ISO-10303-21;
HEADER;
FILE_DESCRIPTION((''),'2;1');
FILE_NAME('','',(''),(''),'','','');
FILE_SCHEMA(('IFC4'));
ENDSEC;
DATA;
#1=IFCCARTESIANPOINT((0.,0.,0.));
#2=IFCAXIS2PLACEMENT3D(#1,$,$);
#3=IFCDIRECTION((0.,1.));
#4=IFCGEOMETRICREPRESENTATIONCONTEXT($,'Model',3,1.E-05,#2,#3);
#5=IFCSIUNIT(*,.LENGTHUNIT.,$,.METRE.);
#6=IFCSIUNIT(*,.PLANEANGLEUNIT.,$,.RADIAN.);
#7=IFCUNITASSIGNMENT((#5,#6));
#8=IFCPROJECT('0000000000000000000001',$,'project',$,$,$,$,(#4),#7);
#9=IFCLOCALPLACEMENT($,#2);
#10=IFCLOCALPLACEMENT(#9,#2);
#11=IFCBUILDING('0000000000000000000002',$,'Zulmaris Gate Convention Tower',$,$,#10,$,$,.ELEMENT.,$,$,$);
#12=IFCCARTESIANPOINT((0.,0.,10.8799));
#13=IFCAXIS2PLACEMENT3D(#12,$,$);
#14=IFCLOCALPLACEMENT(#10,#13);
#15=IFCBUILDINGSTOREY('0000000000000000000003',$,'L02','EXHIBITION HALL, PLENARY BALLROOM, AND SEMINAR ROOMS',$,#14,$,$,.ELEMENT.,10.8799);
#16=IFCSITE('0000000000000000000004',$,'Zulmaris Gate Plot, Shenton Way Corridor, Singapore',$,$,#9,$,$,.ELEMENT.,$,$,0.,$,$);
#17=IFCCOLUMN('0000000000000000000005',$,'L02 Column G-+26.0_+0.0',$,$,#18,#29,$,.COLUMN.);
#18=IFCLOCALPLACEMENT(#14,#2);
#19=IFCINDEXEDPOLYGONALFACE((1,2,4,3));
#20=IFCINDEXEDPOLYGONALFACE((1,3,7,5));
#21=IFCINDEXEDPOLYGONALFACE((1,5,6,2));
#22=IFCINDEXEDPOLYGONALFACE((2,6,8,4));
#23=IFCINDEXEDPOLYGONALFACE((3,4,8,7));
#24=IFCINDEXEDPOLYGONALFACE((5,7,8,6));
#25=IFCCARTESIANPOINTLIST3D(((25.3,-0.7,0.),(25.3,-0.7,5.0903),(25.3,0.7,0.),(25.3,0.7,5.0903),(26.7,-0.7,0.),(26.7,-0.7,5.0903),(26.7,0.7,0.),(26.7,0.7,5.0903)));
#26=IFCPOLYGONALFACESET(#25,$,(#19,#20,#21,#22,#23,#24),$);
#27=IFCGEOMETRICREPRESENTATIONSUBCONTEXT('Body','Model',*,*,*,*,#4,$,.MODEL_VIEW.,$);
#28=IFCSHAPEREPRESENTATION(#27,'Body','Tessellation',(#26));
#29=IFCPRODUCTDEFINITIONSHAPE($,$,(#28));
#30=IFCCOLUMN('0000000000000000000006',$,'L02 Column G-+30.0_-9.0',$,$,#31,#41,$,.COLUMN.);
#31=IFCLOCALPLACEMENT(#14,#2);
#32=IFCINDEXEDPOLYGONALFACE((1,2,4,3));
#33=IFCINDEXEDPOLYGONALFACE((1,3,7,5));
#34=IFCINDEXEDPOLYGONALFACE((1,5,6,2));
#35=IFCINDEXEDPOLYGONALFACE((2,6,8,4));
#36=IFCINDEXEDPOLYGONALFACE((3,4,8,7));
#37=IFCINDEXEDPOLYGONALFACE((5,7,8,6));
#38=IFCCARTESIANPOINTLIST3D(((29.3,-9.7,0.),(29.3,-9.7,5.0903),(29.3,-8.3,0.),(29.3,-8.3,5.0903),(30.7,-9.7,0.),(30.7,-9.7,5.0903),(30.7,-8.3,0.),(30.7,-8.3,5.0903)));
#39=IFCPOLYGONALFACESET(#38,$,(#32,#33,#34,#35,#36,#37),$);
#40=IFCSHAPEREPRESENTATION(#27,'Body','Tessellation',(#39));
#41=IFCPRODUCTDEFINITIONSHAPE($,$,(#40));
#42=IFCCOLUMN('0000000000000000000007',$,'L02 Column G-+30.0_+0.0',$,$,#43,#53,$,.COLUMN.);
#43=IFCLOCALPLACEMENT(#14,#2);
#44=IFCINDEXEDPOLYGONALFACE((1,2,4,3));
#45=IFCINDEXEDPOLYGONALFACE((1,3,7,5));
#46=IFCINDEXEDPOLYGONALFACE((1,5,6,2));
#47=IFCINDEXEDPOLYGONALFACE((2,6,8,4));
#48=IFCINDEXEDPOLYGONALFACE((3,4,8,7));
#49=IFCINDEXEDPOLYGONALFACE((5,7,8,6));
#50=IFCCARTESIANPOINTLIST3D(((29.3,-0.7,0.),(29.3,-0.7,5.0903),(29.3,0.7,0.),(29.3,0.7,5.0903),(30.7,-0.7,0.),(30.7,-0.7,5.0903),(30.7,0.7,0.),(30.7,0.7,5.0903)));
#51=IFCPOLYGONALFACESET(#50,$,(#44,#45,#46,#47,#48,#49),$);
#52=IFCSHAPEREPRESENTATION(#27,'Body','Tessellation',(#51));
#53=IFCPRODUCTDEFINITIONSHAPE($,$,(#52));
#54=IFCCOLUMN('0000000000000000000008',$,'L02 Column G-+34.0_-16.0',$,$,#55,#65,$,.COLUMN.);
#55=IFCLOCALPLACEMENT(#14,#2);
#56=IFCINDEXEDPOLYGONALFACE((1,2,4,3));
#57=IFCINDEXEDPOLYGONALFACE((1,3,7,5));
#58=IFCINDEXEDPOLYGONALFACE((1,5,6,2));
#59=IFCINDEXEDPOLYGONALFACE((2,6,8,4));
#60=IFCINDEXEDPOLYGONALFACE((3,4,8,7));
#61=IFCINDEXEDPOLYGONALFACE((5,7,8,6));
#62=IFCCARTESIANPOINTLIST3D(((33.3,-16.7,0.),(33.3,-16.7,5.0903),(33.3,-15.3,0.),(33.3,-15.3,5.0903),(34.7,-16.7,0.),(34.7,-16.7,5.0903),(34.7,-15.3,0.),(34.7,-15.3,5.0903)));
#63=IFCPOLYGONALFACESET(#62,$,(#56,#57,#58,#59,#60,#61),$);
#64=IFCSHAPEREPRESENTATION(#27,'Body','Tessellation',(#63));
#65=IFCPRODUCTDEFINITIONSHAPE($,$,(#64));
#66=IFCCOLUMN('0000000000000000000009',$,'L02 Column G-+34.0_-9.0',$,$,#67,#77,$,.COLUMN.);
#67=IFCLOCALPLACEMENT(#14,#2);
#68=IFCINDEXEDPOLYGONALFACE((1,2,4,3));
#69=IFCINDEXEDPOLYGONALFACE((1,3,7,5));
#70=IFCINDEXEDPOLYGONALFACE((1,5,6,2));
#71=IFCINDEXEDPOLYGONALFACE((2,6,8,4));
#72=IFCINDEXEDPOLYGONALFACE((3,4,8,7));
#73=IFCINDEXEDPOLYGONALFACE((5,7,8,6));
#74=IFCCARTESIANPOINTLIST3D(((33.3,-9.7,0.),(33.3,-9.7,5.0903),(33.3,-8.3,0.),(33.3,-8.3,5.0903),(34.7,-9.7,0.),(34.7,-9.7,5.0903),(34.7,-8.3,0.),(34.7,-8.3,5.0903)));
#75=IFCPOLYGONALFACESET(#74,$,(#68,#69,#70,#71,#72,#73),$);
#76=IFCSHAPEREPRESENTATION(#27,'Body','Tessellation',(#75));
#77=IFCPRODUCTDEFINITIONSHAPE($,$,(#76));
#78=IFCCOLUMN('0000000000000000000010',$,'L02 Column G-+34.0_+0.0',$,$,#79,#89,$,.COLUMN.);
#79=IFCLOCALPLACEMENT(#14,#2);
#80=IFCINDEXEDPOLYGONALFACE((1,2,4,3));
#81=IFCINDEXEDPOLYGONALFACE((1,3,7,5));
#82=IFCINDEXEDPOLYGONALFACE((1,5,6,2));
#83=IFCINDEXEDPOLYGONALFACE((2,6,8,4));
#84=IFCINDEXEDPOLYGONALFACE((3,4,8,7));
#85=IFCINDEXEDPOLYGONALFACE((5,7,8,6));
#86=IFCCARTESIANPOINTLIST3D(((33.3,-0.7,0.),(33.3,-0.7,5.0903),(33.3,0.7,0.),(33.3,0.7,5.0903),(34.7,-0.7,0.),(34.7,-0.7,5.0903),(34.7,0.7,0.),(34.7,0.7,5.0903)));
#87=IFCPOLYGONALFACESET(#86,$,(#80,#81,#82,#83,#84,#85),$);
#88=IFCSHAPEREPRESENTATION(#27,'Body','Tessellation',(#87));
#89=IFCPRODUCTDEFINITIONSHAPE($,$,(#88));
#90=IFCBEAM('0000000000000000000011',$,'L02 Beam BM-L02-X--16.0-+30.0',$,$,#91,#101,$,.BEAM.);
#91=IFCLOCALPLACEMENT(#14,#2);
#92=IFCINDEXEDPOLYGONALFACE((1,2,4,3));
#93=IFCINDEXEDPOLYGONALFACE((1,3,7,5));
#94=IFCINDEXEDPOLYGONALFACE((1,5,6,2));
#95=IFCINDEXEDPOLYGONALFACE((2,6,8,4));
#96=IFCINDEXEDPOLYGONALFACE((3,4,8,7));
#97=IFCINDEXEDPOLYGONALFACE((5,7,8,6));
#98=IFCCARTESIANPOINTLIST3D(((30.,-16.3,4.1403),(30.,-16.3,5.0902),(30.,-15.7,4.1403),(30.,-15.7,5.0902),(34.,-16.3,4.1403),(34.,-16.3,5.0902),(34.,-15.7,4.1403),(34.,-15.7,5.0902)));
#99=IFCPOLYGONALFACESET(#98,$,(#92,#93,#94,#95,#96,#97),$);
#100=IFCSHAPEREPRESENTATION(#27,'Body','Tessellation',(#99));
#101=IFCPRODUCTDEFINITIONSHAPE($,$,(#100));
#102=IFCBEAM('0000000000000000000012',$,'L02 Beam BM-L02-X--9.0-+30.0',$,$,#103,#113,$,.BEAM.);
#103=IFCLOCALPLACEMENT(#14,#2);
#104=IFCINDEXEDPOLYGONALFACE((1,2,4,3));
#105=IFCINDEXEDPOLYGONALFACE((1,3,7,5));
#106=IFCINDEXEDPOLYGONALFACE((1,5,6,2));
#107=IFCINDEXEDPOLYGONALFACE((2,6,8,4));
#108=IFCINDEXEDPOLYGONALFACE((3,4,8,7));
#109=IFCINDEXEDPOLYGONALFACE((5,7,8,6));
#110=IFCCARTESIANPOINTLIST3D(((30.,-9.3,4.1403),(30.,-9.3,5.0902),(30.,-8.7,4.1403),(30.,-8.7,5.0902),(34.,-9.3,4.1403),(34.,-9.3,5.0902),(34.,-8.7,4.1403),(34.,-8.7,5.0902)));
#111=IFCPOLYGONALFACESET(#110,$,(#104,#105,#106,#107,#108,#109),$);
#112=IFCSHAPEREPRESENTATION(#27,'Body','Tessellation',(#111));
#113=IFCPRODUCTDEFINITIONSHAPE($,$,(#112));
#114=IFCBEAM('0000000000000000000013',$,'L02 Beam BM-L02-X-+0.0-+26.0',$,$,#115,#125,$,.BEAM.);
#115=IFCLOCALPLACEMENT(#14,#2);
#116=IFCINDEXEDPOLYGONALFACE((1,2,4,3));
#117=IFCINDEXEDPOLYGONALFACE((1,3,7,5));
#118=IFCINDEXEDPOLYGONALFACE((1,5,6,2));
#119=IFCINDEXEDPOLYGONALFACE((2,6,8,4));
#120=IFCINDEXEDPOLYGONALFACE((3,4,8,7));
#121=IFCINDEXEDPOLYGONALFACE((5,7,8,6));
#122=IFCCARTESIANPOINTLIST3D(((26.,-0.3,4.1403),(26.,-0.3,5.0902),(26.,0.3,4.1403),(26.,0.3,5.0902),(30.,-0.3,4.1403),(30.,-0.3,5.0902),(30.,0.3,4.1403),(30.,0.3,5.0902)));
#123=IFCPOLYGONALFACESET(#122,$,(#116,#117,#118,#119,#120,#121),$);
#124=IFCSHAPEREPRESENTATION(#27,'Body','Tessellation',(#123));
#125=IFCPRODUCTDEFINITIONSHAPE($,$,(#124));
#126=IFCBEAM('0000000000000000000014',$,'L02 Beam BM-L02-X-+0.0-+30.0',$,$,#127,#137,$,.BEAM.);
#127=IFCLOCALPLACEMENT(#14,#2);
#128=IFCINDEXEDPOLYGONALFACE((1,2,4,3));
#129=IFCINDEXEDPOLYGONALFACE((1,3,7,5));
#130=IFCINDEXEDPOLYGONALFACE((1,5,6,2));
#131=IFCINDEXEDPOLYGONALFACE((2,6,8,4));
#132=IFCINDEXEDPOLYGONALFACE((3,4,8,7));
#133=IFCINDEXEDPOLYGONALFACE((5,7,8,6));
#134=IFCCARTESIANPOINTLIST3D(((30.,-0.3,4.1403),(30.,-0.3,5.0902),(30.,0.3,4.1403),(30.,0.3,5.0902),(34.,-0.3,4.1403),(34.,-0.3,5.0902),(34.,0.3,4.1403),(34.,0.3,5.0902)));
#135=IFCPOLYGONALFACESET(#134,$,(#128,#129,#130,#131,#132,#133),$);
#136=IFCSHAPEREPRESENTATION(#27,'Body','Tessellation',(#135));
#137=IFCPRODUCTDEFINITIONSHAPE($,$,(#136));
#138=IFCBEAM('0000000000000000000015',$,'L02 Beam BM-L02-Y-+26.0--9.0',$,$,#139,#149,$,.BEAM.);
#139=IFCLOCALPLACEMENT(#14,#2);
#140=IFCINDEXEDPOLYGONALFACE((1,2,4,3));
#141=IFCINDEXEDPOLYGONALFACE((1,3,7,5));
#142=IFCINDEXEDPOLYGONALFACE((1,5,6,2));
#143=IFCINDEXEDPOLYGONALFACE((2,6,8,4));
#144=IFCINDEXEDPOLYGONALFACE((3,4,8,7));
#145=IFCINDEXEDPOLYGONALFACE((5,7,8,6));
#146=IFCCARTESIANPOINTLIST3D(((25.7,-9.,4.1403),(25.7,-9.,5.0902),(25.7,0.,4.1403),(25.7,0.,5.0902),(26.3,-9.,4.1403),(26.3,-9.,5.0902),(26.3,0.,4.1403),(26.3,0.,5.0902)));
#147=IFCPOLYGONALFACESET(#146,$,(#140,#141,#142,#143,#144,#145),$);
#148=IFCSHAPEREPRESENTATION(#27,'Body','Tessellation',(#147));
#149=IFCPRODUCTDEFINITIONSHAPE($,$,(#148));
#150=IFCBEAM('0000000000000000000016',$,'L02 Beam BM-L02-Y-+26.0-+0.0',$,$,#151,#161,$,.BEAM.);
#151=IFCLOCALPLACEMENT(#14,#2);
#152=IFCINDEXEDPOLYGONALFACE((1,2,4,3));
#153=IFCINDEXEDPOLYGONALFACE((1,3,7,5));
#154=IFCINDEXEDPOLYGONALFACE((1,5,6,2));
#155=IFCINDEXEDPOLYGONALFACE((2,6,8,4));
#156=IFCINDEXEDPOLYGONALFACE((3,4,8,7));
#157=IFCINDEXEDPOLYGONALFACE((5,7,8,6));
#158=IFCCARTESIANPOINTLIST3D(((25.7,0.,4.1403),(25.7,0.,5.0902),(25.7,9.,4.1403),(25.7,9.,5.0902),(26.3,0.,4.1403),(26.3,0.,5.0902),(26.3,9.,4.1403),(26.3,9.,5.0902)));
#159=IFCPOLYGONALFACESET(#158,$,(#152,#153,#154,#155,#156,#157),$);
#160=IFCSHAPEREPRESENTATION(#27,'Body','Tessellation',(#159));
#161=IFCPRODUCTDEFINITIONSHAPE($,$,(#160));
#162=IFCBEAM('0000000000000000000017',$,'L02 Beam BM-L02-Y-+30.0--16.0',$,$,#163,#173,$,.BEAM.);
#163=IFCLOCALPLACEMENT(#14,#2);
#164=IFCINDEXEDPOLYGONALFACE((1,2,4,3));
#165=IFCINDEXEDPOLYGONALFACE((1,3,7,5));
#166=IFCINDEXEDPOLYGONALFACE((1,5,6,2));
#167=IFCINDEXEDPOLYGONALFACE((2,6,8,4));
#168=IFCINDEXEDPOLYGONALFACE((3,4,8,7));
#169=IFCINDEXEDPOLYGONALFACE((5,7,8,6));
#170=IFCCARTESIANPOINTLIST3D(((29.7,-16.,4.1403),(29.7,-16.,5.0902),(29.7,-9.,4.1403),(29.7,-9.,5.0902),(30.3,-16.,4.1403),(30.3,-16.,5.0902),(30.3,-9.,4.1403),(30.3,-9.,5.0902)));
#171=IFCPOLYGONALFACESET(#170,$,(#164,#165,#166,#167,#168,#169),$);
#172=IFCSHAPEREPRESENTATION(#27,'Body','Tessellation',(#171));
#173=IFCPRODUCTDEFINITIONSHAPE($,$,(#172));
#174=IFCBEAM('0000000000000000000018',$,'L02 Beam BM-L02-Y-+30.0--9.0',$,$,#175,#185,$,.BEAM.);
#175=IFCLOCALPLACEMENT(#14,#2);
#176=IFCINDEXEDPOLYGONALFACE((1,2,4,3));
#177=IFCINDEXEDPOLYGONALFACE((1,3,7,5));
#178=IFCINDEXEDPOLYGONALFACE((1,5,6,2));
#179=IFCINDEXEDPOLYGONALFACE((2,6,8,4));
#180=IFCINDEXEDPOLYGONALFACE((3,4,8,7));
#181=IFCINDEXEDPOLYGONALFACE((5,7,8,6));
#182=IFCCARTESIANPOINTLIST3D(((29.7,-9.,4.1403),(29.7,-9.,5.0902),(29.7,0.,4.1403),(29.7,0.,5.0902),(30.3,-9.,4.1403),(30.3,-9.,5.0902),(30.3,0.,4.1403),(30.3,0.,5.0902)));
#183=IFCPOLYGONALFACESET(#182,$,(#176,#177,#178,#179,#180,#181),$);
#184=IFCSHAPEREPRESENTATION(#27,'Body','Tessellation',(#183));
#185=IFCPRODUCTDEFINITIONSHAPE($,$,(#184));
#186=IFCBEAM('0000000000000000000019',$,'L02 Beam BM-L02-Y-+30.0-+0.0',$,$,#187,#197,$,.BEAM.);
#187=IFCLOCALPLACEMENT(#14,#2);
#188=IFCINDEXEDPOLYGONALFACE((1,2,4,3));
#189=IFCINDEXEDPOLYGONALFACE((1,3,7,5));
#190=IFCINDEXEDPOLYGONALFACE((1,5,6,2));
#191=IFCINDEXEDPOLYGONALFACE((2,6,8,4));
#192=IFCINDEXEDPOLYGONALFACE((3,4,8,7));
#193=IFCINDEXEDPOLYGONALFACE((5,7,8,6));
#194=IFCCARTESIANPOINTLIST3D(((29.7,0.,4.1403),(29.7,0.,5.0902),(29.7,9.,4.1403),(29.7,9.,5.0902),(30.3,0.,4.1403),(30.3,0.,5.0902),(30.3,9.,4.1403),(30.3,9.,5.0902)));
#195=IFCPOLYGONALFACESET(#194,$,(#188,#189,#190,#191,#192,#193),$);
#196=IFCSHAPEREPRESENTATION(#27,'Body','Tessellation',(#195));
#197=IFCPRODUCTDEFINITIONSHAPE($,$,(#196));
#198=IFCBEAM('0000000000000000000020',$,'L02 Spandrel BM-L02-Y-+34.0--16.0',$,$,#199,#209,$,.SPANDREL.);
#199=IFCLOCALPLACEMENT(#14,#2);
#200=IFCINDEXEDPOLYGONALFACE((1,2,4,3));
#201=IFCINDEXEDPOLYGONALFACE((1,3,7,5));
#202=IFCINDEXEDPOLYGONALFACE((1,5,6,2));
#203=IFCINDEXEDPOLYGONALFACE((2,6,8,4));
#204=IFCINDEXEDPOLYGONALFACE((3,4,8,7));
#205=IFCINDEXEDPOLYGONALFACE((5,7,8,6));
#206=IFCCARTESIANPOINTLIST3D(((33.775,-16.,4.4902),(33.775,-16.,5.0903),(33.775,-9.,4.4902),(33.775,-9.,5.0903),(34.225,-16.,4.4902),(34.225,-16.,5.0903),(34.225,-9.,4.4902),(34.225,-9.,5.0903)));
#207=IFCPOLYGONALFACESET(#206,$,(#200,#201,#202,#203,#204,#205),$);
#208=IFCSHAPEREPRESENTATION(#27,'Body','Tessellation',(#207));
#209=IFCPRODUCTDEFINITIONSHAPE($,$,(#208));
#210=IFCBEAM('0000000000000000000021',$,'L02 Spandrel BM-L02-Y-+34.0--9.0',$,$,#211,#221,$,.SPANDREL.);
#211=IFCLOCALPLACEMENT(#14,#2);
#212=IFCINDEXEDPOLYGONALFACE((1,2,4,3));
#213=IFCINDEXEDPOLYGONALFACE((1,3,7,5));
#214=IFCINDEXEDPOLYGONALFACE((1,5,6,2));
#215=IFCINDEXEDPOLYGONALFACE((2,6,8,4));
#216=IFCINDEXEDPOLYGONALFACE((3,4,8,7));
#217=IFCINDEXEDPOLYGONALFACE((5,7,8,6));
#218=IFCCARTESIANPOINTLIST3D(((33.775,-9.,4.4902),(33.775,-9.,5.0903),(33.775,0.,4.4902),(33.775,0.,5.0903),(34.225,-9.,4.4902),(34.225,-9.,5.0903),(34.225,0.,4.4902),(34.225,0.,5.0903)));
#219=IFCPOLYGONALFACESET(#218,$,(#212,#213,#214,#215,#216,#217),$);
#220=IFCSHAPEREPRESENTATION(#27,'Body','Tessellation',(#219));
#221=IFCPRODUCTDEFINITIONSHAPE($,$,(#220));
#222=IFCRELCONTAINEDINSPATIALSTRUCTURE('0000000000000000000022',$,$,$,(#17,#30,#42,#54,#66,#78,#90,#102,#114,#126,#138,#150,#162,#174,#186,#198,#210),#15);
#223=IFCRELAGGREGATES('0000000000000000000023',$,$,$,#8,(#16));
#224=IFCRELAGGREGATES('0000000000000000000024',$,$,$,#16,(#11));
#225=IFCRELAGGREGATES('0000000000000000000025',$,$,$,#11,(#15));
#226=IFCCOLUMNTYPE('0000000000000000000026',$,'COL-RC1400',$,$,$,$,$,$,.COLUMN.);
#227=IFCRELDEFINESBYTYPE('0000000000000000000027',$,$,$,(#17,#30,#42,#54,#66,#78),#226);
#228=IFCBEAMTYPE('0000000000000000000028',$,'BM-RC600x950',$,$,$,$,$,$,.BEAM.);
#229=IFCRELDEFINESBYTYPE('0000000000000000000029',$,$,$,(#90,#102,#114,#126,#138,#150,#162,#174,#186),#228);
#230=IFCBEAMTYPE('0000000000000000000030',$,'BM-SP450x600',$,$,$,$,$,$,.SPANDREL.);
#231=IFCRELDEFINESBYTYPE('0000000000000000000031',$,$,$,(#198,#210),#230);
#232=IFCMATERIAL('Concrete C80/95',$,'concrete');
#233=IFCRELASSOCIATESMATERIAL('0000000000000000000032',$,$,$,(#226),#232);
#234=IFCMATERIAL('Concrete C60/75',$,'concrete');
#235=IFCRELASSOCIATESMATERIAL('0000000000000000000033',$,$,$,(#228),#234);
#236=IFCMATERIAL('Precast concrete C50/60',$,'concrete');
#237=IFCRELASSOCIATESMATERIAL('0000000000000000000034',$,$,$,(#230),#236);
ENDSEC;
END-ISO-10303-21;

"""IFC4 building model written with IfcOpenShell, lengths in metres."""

from ifc_helpers import new_model, si_unit, direction, frame, origin, origin_2d, place, context, subcontext, project, spatial, rectangle, extrude, material, material_profile, profile_set, type_object, element, save


model = new_model("IFC4")

# Units and contexts
model_context = context("Model", 3, precision=1e-05, world=origin(), true_north=direction((0.0, 1.0)))
body_context = subcontext(model_context, "Body", "Model", "MODEL_VIEW")
ifc_project = project(units=[si_unit("LENGTHUNIT", "METRE"), si_unit("PLANEANGLEUNIT", "RADIAN")], contexts=[model_context])

# Site, building, storey
site_placement = place(None, origin())
site = spatial("IfcSite", under=ifc_project, at=site_placement, Name="Zulmaris Gate Plot, Shenton Way Corridor, Singapore", CompositionType="ELEMENT", RefElevation=0.0)
building_placement = place(site_placement, origin())
building = spatial("IfcBuilding", under=site, at=building_placement, Name="Zulmaris Gate Convention Tower", CompositionType="ELEMENT")
storey_placement = place(building_placement, frame((0.0, 0.0, 10.8799)))
storey = spatial("IfcBuildingStorey", under=building, at=storey_placement, Name="L02", Description="EXHIBITION HALL, PLENARY BALLROOM, AND SEMINAR ROOMS", CompositionType="ELEMENT", Elevation=10.8799)

# Columns
ifc_material_1 = material(Name="Concrete C80/95", Category="concrete")
ifc_material_profile_1 = material_profile(ifc_material_1, rectangle(XDim=1.3999, YDim=1.3999, at=origin_2d()), Name="RC COL 1400x1400")
ifc_profile_set_1 = profile_set([ifc_material_profile_1], Name="Concrete C80/95")
column_type = type_object("IfcColumnType", Name="COL-RC1400", PredefinedType="COLUMN", material=ifc_profile_set_1)
for number, where, z_axis, x_axis, name in (
    (1, (26.0, 0.0, 0.0), (0.0, 0.0, 1.0), (1.0, 0.0, 0.0), "L02 Column G-+26.0_+0.0"),
    (2, (30.0, -9.0, 0.0), (0.0, 0.0, 1.0), (1.0, 0.0, 0.0), "L02 Column G-+30.0_-9.0"),
    (3, (30.0, 0.0, 0.0), (0.0, 0.0, 1.0), (1.0, 0.0, 0.0), "L02 Column G-+30.0_+0.0"),
    (4, (34.0, -16.0, 0.0), (0.0, 0.0, 1.0), (1.0, 0.0, 0.0), "L02 Column G-+34.0_-16.0"),
    (5, (34.0, -9.0, 0.0), (0.0, 0.0, 1.0), (1.0, 0.0, 0.0), "L02 Column G-+34.0_-9.0"),
    (6, (34.0, 0.0, 0.0), (0.0, 0.0, 1.0), (1.0, 0.0, 0.0), "L02 Column G-+34.0_+0.0"),
):
    element("IfcColumn", number, at=place(storey_placement, frame(where, z_axis=z_axis, x_axis=x_axis)), inside=storey, type_object=column_type, Name=name, PredefinedType="COLUMN", context=body_context, shape_type="SweptSolid", body=[
        extrude(rectangle(XDim=1.3999, YDim=1.3999, at=origin_2d()), origin(), (0.0, 0.0, 1.0), 5.0903),
    ])

# Beams
ifc_material_2 = material(Name="Concrete C60/75", Category="concrete")
ifc_material_profile_2 = material_profile(ifc_material_2, rectangle(XDim=0.6001, YDim=0.95, at=origin_2d()), Name="RC BEAM 600x950")
ifc_profile_set_2 = profile_set([ifc_material_profile_2], Name="Concrete C60/75")
beam_type_1 = type_object("IfcBeamType", Name="BM-RC600x950", PredefinedType="BEAM", material=ifc_profile_set_2)
for number, where, z_axis, x_axis, name in (
    (7, (30.0, -16.0, 4.6152), (1.0, 0.0, 0.0), (0.0, 1.0, 0.0), "L02 Beam BM-L02-X--16.0-+30.0"),
    (8, (30.0, -9.0, 4.6152), (1.0, 0.0, 0.0), (0.0, 1.0, 0.0), "L02 Beam BM-L02-X--9.0-+30.0"),
    (9, (26.0, 0.0, 4.6152), (1.0, 0.0, 0.0), (0.0, 1.0, 0.0), "L02 Beam BM-L02-X-+0.0-+26.0"),
    (10, (30.0, 0.0, 4.6152), (1.0, 0.0, 0.0), (0.0, 1.0, 0.0), "L02 Beam BM-L02-X-+0.0-+30.0"),
):
    element("IfcBeam", number, at=place(storey_placement, frame(where, z_axis=z_axis, x_axis=x_axis)), inside=storey, type_object=beam_type_1, Name=name, PredefinedType="BEAM", context=body_context, shape_type="SweptSolid", body=[
        extrude(rectangle(XDim=0.6001, YDim=0.95, at=origin_2d()), origin(), (0.0, 0.0, 1.0), 4.0),
    ])
for number, where, z_axis, x_axis, name in (
    (11, (26.0, -9.0, 4.6152), (0.0, 1.0, 0.0), (-1.0, 0.0, 0.0), "L02 Beam BM-L02-Y-+26.0--9.0"),
    (12, (26.0, 0.0, 4.6152), (0.0, 1.0, 0.0), (-1.0, 0.0, 0.0), "L02 Beam BM-L02-Y-+26.0-+0.0"),
):
    element("IfcBeam", number, at=place(storey_placement, frame(where, z_axis=z_axis, x_axis=x_axis)), inside=storey, type_object=beam_type_1, Name=name, PredefinedType="BEAM", context=body_context, shape_type="SweptSolid", body=[
        extrude(rectangle(XDim=0.6001, YDim=0.95, at=origin_2d()), origin(), (0.0, 0.0, 1.0), 9.0),
    ])
beam_1_placement = place(storey_placement, frame((30.0, -16.0, 4.6152), z_axis=(0.0, 1.0, 0.0), x_axis=(-1.0, 0.0, 0.0)))
element("IfcBeam", 13, at=beam_1_placement, inside=storey, type_object=beam_type_1, Name="L02 Beam BM-L02-Y-+30.0--16.0", PredefinedType="BEAM", context=body_context, shape_type="SweptSolid", body=[
    extrude(rectangle(XDim=0.6001, YDim=0.95, at=origin_2d()), origin(), (0.0, 0.0, 1.0), 7.0),
])
for number, where, z_axis, x_axis, name in (
    (14, (30.0, -9.0, 4.6152), (0.0, 1.0, 0.0), (-1.0, 0.0, 0.0), "L02 Beam BM-L02-Y-+30.0--9.0"),
    (15, (30.0, 0.0, 4.6152), (0.0, 1.0, 0.0), (-1.0, 0.0, 0.0), "L02 Beam BM-L02-Y-+30.0-+0.0"),
):
    element("IfcBeam", number, at=place(storey_placement, frame(where, z_axis=z_axis, x_axis=x_axis)), inside=storey, type_object=beam_type_1, Name=name, PredefinedType="BEAM", context=body_context, shape_type="SweptSolid", body=[
        extrude(rectangle(XDim=0.6001, YDim=0.95, at=origin_2d()), origin(), (0.0, 0.0, 1.0), 9.0),
    ])
ifc_material_3 = material(Name="Precast concrete C50/60", Category="concrete")
ifc_material_profile_3 = material_profile(ifc_material_3, rectangle(XDim=0.45, YDim=0.6001, at=origin_2d()), Name="RC SPANDREL 450x600")
ifc_profile_set_3 = profile_set([ifc_material_profile_3], Name="Precast concrete C50/60")
beam_type_2 = type_object("IfcBeamType", Name="BM-SP450x600", PredefinedType="SPANDREL", material=ifc_profile_set_3)
beam_2_placement = place(storey_placement, frame((34.0, -16.0, 4.7903), z_axis=(0.0, 1.0, 0.0), x_axis=(-1.0, 0.0, 0.0)))
element("IfcBeam", 16, at=beam_2_placement, inside=storey, type_object=beam_type_2, Name="L02 Spandrel BM-L02-Y-+34.0--16.0", PredefinedType="SPANDREL", context=body_context, shape_type="SweptSolid", body=[
    extrude(rectangle(XDim=0.45, YDim=0.6001, at=origin_2d()), origin(), (0.0, 0.0, 1.0), 7.0),
])
for number, where, z_axis, x_axis, name in (
    (17, (34.0, -9.0, 4.7903), (0.0, 1.0, 0.0), (-1.0, 0.0, 0.0), "L02 Spandrel BM-L02-Y-+34.0--9.0"),
):
    element("IfcBeam", number, at=place(storey_placement, frame(where, z_axis=z_axis, x_axis=x_axis)), inside=storey, type_object=beam_type_2, Name=name, PredefinedType="SPANDREL", context=body_context, shape_type="SweptSolid", body=[
        extrude(rectangle(XDim=0.45, YDim=0.6001, at=origin_2d()), origin(), (0.0, 0.0, 1.0), 9.0),
    ])

save(model, "model.ifc")
